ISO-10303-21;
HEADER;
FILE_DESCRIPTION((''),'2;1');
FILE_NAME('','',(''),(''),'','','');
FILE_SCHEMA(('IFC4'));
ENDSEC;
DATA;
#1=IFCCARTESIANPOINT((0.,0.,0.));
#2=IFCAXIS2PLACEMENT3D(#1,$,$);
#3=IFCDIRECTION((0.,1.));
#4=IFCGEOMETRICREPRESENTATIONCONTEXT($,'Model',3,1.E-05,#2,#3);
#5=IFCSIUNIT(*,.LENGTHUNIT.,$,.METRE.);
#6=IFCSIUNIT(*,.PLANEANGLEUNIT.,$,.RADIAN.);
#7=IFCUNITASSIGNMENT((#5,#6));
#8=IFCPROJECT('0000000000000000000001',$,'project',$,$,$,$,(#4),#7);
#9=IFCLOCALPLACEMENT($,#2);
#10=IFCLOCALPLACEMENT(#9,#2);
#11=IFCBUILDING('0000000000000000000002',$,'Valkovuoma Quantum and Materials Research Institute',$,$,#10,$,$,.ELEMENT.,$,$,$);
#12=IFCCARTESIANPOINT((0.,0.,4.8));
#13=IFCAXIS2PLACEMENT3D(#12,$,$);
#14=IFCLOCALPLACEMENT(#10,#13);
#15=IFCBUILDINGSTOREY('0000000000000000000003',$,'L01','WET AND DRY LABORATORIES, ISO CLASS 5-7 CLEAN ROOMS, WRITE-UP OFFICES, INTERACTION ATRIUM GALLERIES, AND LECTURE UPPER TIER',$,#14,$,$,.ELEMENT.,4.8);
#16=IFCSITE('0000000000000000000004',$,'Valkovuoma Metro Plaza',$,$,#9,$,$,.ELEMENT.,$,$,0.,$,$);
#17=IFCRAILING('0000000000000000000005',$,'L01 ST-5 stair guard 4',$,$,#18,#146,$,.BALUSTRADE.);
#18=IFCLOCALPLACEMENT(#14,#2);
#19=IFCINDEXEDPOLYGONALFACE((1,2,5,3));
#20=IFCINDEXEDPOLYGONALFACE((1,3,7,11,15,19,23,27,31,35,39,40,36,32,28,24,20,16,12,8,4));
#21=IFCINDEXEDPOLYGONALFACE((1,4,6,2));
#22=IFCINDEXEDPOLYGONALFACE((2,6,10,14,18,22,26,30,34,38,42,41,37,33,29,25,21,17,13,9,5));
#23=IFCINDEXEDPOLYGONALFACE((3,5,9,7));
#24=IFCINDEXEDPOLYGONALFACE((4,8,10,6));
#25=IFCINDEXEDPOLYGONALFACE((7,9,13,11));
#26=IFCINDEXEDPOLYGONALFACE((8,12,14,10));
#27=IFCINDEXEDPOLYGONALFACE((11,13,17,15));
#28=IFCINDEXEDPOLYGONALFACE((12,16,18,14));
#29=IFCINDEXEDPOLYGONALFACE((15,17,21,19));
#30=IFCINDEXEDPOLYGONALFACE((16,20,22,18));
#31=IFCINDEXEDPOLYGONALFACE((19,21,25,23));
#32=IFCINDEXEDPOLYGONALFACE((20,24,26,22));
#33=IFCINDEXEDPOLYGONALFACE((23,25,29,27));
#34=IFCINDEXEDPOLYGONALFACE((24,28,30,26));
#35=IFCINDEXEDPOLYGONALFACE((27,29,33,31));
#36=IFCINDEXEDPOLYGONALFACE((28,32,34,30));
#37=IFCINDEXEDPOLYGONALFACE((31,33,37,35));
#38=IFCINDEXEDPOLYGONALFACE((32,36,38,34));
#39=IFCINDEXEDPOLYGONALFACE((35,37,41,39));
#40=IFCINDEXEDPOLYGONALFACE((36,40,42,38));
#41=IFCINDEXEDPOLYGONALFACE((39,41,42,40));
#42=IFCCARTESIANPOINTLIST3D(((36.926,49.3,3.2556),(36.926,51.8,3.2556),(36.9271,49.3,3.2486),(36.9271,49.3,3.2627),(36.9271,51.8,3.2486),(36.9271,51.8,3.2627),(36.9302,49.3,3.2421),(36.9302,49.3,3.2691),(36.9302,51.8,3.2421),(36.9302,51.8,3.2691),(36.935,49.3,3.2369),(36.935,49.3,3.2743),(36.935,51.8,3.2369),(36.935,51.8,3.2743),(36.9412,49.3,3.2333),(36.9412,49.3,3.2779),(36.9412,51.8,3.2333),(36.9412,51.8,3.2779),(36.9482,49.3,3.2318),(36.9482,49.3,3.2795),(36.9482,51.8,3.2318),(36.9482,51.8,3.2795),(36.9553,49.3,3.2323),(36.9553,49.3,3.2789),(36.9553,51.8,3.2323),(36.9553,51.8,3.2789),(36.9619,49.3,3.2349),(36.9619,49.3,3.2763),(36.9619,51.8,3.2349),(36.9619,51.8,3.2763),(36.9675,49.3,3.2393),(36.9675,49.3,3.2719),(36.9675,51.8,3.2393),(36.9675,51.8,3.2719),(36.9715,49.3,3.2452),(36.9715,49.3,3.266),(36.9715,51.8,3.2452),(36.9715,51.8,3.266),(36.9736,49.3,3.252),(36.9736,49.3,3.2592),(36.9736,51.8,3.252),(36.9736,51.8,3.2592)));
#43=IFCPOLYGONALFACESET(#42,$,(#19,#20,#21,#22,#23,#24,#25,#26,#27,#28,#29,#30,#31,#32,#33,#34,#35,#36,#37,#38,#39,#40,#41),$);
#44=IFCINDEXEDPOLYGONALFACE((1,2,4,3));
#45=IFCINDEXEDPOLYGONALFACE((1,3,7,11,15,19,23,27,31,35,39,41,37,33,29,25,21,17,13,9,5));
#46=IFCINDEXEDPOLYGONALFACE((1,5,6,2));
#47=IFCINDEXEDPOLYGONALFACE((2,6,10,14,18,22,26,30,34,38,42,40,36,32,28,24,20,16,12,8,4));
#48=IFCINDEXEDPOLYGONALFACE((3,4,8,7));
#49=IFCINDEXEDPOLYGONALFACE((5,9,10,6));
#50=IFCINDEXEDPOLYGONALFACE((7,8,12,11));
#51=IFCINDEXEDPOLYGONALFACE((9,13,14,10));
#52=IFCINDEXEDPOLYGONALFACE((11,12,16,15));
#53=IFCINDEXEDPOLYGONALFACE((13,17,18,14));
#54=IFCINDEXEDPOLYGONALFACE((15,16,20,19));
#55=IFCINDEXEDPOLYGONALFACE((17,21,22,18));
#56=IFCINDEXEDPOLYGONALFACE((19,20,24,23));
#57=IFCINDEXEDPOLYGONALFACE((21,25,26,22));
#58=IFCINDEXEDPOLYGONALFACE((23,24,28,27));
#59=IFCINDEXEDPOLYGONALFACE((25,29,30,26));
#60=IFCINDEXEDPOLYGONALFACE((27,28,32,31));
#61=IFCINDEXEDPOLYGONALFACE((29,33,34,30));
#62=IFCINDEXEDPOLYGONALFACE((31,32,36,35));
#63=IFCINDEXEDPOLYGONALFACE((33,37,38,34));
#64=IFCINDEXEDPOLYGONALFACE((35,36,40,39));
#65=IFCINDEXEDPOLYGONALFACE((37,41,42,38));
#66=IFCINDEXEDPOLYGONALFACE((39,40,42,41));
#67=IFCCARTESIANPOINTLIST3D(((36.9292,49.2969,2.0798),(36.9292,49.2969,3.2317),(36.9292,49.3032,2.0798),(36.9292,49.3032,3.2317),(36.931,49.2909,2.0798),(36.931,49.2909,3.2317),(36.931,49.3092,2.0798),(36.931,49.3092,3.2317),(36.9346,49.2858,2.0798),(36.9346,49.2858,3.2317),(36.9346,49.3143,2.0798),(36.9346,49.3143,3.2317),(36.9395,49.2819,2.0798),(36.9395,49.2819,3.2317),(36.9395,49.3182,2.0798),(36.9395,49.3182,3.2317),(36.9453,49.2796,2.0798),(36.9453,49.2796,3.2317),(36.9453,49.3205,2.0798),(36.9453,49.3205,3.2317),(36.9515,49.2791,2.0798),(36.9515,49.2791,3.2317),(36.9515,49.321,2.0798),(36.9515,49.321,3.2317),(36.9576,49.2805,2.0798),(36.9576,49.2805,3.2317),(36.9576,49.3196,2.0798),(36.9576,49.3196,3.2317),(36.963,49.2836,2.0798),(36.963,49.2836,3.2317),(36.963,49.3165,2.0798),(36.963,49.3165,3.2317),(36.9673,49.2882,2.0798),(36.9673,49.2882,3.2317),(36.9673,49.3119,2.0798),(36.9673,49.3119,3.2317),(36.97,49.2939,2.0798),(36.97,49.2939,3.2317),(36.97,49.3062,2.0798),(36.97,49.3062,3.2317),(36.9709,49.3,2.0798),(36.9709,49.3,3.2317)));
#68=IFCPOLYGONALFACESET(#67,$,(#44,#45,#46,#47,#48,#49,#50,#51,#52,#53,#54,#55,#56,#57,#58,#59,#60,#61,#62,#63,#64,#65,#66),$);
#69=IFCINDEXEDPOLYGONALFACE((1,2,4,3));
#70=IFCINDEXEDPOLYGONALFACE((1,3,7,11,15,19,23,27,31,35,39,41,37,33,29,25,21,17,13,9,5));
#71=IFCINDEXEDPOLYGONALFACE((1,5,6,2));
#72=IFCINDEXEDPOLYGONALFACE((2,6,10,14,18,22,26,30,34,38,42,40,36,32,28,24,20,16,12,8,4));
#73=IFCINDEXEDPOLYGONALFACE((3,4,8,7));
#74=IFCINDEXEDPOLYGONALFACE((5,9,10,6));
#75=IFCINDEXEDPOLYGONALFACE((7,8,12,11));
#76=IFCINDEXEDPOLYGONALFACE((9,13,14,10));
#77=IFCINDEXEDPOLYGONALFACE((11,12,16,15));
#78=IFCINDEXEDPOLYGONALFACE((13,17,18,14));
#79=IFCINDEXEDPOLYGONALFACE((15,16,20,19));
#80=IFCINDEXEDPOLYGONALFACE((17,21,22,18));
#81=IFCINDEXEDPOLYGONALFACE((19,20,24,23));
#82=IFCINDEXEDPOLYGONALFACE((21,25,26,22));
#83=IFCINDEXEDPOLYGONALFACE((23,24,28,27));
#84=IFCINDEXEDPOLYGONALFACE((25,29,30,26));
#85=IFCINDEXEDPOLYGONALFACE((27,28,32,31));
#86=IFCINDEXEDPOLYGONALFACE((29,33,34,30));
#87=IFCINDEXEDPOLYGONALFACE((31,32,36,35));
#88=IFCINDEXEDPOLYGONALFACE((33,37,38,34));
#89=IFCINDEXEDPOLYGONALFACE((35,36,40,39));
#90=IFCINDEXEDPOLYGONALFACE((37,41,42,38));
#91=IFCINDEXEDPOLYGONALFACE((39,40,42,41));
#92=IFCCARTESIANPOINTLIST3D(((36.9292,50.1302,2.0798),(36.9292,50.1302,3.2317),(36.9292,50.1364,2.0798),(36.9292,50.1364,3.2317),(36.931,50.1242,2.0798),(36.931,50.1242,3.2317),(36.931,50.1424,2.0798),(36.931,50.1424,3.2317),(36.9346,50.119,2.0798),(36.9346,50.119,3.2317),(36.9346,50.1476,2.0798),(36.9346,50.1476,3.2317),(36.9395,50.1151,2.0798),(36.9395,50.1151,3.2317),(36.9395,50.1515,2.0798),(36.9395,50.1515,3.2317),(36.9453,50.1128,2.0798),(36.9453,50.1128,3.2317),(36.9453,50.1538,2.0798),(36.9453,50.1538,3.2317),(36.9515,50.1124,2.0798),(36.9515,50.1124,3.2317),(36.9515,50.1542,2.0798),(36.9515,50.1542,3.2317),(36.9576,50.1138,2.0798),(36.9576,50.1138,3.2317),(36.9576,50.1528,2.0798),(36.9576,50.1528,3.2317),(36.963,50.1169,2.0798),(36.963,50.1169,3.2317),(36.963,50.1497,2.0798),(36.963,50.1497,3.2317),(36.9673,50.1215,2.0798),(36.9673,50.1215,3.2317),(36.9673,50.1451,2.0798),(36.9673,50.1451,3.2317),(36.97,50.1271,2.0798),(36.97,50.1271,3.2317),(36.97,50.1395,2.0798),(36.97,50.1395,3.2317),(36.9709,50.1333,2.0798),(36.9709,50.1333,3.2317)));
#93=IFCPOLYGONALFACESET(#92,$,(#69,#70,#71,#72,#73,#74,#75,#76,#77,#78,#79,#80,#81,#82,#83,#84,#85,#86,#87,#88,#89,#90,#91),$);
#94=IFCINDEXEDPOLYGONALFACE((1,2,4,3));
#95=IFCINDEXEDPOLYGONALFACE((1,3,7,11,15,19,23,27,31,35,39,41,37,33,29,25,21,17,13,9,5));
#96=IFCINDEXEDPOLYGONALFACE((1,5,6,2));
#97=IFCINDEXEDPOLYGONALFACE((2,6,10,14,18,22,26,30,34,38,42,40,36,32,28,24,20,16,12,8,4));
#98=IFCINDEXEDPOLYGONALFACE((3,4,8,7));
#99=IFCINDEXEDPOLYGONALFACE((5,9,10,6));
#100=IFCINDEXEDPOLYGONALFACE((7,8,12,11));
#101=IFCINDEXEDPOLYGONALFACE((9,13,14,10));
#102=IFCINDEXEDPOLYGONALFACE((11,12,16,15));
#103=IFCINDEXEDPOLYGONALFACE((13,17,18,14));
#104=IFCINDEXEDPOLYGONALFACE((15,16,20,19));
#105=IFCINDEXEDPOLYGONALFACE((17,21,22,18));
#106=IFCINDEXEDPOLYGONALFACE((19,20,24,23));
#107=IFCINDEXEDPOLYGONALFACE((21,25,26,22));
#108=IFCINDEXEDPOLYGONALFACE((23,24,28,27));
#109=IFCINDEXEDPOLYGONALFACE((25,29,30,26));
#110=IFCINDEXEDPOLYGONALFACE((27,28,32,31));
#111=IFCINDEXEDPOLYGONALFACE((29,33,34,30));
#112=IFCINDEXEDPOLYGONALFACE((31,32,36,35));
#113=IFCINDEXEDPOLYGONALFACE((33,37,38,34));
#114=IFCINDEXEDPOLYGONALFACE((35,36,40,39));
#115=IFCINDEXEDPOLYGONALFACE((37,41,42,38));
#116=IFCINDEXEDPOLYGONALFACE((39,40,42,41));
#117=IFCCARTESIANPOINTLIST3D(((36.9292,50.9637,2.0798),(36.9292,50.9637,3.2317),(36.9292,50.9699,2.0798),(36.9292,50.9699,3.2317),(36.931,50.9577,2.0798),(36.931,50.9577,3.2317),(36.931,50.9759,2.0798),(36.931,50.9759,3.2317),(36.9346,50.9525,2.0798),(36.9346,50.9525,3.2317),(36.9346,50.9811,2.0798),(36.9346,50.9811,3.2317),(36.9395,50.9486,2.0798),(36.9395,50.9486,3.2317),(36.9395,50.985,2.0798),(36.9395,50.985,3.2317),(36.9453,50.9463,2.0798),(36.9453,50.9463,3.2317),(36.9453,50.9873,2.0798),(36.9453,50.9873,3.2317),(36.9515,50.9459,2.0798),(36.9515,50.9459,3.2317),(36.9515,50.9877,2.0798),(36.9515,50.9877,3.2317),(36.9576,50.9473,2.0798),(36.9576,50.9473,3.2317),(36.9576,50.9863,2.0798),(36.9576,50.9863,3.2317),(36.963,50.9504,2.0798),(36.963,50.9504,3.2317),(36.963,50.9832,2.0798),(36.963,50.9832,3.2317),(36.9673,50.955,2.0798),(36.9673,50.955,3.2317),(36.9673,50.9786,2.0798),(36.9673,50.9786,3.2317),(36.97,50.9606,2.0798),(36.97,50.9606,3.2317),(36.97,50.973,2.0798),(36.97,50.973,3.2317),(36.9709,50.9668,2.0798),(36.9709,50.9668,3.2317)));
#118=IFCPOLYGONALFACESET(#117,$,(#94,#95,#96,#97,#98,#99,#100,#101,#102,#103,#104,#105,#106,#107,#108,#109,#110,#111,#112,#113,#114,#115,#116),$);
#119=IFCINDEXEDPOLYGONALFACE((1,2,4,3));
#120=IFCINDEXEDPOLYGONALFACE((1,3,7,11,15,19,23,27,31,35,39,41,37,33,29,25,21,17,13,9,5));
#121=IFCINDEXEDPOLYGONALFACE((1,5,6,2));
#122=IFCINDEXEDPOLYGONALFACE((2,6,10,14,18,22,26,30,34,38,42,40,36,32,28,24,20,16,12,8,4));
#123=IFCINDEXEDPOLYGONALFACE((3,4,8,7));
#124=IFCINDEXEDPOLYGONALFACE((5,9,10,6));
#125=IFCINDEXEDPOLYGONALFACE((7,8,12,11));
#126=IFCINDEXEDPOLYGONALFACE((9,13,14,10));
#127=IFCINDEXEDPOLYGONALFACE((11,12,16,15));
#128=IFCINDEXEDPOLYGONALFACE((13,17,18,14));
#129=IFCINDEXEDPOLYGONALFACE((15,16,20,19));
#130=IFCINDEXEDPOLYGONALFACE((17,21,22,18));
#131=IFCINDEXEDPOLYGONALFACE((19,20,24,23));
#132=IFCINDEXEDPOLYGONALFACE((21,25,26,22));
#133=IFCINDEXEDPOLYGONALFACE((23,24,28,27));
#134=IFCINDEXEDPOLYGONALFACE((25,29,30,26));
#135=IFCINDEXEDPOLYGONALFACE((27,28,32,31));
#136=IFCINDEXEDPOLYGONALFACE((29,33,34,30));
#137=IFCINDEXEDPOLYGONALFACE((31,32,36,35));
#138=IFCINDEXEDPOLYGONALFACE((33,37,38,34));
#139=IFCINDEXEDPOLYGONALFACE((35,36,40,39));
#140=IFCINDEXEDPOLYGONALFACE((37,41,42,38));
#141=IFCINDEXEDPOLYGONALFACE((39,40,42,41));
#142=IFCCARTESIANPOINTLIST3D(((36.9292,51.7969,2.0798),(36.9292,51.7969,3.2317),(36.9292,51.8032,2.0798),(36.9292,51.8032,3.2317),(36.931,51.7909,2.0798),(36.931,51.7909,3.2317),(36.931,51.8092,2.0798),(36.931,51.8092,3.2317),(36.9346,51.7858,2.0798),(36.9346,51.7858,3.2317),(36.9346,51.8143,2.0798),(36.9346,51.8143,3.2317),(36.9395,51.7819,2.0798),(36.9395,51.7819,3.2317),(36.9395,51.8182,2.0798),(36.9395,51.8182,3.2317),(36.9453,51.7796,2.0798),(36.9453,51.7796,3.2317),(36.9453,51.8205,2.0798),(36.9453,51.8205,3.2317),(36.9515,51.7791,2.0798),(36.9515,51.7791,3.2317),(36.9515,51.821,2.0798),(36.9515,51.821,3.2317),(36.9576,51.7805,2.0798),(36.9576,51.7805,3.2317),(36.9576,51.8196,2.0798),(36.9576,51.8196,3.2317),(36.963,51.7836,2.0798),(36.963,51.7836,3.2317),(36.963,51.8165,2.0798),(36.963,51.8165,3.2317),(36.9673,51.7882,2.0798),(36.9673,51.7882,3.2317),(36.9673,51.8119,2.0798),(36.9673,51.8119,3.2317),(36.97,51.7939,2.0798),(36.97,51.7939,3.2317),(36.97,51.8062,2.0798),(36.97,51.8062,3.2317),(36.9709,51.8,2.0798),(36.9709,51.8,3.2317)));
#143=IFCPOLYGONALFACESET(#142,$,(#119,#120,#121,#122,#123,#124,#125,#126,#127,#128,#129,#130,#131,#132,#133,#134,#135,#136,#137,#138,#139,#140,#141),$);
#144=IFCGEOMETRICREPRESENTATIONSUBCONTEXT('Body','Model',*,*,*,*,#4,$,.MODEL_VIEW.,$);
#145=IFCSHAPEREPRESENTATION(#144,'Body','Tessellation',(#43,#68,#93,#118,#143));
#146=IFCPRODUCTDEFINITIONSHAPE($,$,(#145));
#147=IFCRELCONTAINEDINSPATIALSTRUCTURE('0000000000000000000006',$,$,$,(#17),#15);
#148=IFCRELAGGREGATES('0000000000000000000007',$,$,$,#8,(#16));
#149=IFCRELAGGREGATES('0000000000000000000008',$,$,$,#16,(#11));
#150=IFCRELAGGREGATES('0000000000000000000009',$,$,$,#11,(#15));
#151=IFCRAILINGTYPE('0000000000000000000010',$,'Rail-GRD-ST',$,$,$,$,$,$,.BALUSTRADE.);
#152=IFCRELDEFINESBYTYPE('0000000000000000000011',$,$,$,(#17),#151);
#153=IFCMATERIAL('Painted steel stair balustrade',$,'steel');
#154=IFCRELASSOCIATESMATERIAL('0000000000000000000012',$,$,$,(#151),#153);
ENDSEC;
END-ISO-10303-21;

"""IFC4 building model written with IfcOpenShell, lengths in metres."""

from ifc_helpers import new_model, si_unit, direction, frame, origin, origin_2d, place, context, subcontext, project, spatial, circle, extrude, material, type_object, element, save


model = new_model("IFC4")

# Units and contexts
model_context = context("Model", 3, precision=1e-05, world=origin(), true_north=direction((0.0, 1.0)))
body_context = subcontext(model_context, "Body", "Model", "MODEL_VIEW")
ifc_project = project(units=[si_unit("LENGTHUNIT", "METRE"), si_unit("PLANEANGLEUNIT", "RADIAN")], contexts=[model_context])

# Site, building, storey
site_placement = place(None, origin())
site = spatial("IfcSite", under=ifc_project, at=site_placement, Name="Valkovuoma Metro Plaza", CompositionType="ELEMENT", RefElevation=0.0)
building_placement = place(site_placement, origin())
building = spatial("IfcBuilding", under=site, at=building_placement, Name="Valkovuoma Quantum and Materials Research Institute", CompositionType="ELEMENT")
storey_placement = place(building_placement, frame((0.0, 0.0, 4.8)))
storey = spatial("IfcBuildingStorey", under=building, at=storey_placement, Name="L01", Description="WET AND DRY LABORATORIES, ISO CLASS 5-7 CLEAN ROOMS, WRITE-UP OFFICES, INTERACTION ATRIUM GALLERIES, AND LECTURE UPPER TIER", CompositionType="ELEMENT", Elevation=4.8)

# Railing
ifc_material_1 = material(Name="Painted steel stair balustrade", Category="steel")
railing_type_1 = type_object("IfcRailingType", Name="Rail-GRD-ST", PredefinedType="BALUSTRADE", material=ifc_material_1)
for number, where, name in (
    (1, (36.95, 49.3, 2.0798), "L01 ST-5 stair guard 4"),
):
    element("IfcRailing", number, at=place(storey_placement, frame(where)), inside=storey, type_object=railing_type_1, Name=name, PredefinedType="BALUSTRADE", context=body_context, shape_type="SweptSolid", body=[
        extrude(circle(Radius=0.0239, at=origin_2d()), frame((0.0, 0.0, 1.1758), z_axis=(0.0, 1.0, 0.0), x_axis=(-1.0, 0.0, 0.0)), (0.0, 0.0, 1.0), 2.5),
        extrude(circle(Radius=0.021, at=origin_2d()), origin(), (0.0, 0.0, 1.0), 1.1519),
        extrude(circle(Radius=0.021, at=origin_2d()), frame((0.0, 0.8333, 0.0)), (0.0, 0.0, 1.0), 1.1519),
        extrude(circle(Radius=0.021, at=origin_2d()), frame((0.0, 1.6667, 0.0)), (0.0, 0.0, 1.0), 1.1519),
        extrude(circle(Radius=0.021, at=origin_2d()), frame((0.0, 2.5, 0.0)), (0.0, 0.0, 1.0), 1.1519),
    ])

save(model, "model.ifc")
